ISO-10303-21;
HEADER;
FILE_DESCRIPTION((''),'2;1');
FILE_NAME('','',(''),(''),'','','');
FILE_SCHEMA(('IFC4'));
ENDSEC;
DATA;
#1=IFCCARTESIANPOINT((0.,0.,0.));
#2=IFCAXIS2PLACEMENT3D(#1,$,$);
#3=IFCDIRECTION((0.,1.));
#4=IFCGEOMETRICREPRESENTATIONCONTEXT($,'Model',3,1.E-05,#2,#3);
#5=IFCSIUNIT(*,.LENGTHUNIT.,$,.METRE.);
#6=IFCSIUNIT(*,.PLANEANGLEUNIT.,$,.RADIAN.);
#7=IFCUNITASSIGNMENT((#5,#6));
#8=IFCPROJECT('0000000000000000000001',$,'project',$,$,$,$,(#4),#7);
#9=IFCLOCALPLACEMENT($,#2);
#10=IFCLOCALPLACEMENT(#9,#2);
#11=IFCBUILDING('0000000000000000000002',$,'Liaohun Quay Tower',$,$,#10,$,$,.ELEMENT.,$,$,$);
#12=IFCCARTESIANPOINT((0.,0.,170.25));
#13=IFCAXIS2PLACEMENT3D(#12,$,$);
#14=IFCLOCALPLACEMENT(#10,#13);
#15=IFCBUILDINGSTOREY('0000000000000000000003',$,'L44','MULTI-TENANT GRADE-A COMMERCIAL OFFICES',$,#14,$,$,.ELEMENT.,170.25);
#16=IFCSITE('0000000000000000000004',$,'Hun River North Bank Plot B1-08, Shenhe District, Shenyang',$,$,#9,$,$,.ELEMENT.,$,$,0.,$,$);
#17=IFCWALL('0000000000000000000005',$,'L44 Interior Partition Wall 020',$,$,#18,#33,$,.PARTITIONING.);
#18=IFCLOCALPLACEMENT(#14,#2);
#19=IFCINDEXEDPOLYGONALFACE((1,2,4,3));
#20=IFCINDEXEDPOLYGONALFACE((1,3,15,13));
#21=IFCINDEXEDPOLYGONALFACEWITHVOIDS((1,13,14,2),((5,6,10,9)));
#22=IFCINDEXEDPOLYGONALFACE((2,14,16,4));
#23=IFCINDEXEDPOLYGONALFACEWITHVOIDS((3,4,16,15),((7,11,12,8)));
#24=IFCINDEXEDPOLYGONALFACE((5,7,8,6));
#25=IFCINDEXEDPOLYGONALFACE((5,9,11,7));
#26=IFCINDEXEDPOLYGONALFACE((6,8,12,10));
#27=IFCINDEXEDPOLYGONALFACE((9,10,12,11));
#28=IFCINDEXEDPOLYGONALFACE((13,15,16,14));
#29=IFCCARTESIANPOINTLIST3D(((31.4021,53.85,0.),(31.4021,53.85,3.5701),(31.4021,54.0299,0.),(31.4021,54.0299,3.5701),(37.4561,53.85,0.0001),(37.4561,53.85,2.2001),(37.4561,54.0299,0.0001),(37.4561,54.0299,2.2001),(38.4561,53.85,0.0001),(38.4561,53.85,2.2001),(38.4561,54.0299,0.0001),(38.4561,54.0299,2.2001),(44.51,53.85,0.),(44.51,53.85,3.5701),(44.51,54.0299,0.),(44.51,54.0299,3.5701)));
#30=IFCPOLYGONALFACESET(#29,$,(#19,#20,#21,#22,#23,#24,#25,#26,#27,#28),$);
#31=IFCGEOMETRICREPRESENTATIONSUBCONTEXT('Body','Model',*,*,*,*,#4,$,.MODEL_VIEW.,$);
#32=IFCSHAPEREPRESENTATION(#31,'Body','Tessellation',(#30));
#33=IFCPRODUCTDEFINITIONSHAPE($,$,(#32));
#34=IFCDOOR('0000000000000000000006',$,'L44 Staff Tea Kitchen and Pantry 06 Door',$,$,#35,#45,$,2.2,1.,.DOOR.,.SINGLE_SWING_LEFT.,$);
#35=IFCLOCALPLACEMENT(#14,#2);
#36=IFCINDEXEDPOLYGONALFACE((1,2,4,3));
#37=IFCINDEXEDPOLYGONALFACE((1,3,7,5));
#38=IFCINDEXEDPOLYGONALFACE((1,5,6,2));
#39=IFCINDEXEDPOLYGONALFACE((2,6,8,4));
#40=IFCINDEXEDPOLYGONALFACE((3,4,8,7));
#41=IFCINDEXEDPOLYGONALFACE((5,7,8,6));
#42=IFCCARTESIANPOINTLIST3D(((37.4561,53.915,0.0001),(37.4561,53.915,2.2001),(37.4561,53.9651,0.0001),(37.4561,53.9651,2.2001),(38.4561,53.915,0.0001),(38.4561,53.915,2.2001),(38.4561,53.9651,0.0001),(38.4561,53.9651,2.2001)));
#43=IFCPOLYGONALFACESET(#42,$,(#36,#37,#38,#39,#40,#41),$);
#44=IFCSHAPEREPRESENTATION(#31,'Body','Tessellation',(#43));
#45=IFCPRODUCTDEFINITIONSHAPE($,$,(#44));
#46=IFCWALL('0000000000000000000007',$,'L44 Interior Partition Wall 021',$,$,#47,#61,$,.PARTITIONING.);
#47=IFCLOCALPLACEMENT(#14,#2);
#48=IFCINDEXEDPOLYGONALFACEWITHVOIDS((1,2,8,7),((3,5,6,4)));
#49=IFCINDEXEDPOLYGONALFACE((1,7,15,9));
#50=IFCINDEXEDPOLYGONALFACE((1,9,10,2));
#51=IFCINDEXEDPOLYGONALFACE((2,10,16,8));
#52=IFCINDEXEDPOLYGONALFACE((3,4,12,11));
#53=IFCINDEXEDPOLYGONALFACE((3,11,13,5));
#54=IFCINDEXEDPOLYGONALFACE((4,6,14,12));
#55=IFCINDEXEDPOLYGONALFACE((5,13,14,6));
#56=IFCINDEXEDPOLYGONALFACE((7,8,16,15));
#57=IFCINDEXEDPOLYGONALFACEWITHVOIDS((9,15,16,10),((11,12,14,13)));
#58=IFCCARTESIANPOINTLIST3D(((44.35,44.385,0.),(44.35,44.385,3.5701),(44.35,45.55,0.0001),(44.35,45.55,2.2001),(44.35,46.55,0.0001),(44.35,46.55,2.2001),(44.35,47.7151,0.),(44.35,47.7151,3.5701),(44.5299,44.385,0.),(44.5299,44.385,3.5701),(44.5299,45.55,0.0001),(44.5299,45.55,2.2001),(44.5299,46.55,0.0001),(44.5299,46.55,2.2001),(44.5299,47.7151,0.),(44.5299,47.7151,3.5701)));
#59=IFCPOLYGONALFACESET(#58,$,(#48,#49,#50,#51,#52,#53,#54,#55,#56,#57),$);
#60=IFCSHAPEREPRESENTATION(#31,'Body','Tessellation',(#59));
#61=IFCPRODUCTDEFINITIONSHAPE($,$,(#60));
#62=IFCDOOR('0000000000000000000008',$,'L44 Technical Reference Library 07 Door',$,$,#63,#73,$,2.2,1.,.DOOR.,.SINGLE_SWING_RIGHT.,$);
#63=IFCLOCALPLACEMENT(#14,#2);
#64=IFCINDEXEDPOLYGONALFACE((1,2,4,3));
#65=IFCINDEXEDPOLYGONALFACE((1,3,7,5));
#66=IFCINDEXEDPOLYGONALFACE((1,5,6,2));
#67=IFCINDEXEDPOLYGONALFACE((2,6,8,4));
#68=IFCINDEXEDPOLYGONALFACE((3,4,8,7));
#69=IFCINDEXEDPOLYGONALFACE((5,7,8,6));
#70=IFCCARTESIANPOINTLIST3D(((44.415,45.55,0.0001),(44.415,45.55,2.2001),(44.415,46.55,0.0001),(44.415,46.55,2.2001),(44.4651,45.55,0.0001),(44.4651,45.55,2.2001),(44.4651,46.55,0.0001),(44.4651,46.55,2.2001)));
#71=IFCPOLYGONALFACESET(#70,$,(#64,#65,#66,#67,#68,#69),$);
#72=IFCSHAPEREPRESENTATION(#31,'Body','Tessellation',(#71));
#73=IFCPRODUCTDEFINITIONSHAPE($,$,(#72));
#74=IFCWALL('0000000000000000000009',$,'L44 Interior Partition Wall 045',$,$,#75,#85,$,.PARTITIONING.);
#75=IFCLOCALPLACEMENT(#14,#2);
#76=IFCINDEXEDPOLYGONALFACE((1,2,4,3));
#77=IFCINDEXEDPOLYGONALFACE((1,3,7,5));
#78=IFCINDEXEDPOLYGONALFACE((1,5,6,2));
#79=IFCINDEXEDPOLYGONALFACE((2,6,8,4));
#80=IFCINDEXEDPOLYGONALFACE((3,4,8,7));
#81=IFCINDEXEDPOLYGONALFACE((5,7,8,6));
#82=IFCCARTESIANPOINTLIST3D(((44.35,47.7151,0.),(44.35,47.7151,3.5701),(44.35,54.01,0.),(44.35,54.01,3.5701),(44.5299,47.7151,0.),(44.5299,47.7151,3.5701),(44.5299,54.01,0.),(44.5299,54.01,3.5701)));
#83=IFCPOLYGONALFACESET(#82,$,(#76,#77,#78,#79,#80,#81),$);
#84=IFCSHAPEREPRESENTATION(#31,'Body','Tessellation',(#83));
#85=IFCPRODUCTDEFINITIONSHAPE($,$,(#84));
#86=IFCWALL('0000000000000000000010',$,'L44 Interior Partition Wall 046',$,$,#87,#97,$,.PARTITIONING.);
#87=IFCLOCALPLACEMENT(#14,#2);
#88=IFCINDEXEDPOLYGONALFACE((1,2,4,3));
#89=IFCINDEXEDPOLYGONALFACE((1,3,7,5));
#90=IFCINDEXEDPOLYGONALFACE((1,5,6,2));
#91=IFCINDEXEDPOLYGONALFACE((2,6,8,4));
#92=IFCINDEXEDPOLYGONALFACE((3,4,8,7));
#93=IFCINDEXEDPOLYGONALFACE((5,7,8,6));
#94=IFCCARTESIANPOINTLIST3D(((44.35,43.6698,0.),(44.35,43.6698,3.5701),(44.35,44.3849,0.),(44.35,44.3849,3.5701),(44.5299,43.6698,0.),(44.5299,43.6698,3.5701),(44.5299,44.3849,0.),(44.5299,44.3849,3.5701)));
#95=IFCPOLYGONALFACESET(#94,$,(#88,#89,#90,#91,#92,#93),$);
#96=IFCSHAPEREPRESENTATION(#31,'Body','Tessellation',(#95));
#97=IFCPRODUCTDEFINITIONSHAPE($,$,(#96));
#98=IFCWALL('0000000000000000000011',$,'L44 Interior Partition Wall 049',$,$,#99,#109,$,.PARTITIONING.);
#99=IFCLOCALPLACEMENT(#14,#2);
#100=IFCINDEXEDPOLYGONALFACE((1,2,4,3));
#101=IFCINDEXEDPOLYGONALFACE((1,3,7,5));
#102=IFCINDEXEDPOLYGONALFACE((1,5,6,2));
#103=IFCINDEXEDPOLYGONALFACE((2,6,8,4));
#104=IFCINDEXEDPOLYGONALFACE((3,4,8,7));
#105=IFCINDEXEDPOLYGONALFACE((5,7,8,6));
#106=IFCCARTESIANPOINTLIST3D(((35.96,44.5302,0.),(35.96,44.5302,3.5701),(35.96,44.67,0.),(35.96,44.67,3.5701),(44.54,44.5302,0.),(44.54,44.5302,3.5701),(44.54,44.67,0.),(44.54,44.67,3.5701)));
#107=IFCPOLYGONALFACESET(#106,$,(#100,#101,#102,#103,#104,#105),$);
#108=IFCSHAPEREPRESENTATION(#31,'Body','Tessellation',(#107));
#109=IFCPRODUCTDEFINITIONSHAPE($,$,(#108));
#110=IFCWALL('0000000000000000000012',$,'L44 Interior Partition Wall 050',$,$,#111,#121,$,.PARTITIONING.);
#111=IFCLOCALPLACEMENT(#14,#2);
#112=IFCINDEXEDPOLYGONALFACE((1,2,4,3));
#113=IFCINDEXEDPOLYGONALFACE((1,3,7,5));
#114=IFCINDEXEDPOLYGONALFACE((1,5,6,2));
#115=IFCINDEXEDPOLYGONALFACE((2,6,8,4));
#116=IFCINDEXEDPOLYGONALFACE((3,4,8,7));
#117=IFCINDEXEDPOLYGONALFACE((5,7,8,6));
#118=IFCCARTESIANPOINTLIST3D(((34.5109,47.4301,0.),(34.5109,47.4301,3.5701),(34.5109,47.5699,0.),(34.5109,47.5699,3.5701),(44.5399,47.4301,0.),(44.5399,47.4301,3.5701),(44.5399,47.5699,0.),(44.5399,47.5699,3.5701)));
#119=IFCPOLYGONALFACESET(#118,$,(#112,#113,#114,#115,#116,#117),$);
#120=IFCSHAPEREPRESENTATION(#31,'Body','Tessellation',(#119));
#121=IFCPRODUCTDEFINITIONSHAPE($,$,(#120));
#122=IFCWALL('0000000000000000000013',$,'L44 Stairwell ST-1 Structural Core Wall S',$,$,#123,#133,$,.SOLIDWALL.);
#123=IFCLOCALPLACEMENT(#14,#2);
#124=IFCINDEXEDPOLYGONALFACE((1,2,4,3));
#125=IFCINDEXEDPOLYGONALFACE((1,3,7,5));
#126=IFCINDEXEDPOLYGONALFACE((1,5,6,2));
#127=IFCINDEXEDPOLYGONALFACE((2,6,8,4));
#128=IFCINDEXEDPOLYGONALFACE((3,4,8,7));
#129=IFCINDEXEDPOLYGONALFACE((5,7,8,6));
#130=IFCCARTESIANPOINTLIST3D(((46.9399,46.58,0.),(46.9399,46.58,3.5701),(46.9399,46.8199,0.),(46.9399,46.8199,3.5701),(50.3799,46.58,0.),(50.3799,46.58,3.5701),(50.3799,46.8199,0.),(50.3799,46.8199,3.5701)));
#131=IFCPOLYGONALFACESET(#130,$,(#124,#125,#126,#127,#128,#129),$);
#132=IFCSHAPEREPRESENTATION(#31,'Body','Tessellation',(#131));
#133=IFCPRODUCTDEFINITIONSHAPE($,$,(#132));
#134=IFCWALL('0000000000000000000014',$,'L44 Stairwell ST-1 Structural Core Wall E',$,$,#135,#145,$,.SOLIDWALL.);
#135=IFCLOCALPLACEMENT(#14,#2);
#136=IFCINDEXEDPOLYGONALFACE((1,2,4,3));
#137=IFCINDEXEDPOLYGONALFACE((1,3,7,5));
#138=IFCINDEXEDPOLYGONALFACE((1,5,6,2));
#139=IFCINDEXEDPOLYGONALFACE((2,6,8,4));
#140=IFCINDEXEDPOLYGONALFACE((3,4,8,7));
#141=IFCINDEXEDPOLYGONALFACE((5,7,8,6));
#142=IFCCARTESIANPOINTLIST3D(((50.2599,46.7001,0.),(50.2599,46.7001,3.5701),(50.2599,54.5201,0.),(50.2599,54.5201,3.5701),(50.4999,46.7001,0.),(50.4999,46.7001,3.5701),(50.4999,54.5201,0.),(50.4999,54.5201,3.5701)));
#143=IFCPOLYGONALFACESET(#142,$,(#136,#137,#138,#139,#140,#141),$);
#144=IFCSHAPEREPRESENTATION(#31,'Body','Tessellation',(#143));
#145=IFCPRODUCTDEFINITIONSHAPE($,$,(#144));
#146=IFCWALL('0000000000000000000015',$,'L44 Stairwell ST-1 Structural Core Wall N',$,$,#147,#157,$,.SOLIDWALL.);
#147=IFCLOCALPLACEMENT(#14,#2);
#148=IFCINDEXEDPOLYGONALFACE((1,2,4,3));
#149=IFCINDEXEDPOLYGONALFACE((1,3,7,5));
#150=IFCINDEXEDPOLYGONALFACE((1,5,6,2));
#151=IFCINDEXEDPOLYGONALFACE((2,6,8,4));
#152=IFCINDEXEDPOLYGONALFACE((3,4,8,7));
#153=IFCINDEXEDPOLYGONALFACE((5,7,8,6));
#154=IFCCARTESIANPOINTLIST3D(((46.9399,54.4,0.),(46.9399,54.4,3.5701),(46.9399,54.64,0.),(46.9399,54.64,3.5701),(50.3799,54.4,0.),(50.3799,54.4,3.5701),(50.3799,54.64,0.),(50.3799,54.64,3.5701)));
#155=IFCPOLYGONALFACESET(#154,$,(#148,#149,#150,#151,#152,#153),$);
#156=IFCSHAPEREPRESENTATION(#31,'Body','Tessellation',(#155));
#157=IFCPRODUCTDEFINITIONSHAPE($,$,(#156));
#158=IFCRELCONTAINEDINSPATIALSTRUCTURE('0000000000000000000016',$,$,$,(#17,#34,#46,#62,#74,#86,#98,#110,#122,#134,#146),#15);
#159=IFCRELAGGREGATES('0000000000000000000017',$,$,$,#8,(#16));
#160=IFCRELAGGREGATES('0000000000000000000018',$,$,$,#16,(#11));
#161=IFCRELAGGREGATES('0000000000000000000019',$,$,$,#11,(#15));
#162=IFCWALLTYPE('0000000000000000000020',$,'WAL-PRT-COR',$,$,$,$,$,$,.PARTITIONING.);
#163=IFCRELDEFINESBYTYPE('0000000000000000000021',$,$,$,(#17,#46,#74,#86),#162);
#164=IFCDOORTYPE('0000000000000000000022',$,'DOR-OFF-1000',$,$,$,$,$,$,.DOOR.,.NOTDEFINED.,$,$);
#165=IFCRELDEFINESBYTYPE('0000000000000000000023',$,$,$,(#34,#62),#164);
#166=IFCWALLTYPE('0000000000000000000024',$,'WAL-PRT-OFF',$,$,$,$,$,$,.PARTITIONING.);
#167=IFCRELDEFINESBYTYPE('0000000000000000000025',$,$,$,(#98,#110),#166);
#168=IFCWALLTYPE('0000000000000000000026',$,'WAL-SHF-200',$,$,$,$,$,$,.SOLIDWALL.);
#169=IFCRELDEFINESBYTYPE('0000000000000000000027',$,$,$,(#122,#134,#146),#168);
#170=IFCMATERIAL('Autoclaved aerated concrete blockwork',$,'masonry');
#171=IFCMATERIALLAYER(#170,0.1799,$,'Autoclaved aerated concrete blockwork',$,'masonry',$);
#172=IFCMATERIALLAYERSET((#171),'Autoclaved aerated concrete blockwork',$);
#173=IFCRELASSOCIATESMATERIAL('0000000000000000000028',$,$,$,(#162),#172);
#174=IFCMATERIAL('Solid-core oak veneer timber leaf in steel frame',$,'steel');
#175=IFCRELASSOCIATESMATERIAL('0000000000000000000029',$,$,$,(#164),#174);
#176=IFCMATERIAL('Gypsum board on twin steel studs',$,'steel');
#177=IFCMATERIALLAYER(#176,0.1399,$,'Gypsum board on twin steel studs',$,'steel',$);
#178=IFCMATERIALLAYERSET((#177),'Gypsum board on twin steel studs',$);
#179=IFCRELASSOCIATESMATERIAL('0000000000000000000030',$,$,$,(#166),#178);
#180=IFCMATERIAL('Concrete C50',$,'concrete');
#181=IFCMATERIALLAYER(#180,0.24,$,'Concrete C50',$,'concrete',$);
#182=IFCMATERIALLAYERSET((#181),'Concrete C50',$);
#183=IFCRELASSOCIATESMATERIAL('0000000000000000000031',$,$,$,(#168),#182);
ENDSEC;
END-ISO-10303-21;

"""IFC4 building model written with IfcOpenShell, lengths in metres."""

from ifc_helpers import new_model, si_unit, direction, frame, frame_2d, origin, place, context, subcontext, project, spatial, rectangle, extrude, source, transform, mapped, material, layer, layer_set, type_object, element, fill, save


model = new_model("IFC4")

# Units and contexts
model_context = context("Model", 3, precision=1e-05, world=origin(), true_north=direction((0.0, 1.0)))
body_context = subcontext(model_context, "Body", "Model", "MODEL_VIEW")
ifc_project = project(units=[si_unit("LENGTHUNIT", "METRE"), si_unit("PLANEANGLEUNIT", "RADIAN")], contexts=[model_context])

# Site, building, storey
site_placement = place(None, origin())
site = spatial("IfcSite", under=ifc_project, at=site_placement, Name="Hun River North Bank Plot B1-08, Shenhe District, Shenyang", CompositionType="ELEMENT", RefElevation=0.0)
building_placement = place(site_placement, origin())
building = spatial("IfcBuilding", under=site, at=building_placement, Name="Liaohun Quay Tower", CompositionType="ELEMENT")
storey_placement = place(building_placement, frame((0.0, 0.0, 170.25)))
storey = spatial("IfcBuildingStorey", under=building, at=storey_placement, Name="L44", Description="MULTI-TENANT GRADE-A COMMERCIAL OFFICES", CompositionType="ELEMENT", Elevation=170.25)

# Walls, openings, doors
ifc_material_1 = material(Name="Autoclaved aerated concrete blockwork", Category="masonry")
ifc_layer_1 = layer(ifc_material_1, 0.1799, Name="Autoclaved aerated concrete blockwork", Category="masonry")
ifc_layer_set_1 = layer_set([ifc_layer_1], Name="Autoclaved aerated concrete blockwork")
wall_type_1 = type_object("IfcWallType", Name="WAL-PRT-COR", PredefinedType="PARTITIONING", material=ifc_layer_set_1)
wall_1_placement = place(storey_placement, frame((44.51, 53.9399, 0.0), z_axis=(0.0, 0.0, 1.0), x_axis=(-1.0, 0.0, 0.0)))
wall_1 = element("IfcWall", 1, at=wall_1_placement, inside=storey, type_object=wall_type_1, Name="L44 Interior Partition Wall 020", PredefinedType="PARTITIONING", context=body_context, shape_type="SweptSolid", body=[
    extrude(rectangle(XDim=13.1079, YDim=0.1799, at=frame_2d((6.554, 0.0))), origin(), (0.0, 0.0, 1.0), 3.5701),
])
shared_shape_1 = source(origin(), body_context, "Body", "SweptSolid", [
    extrude(rectangle(XDim=1.0, YDim=2.2, at=frame_2d((0.5, 1.1001))), frame((0.0, 0.0999, 0.0), z_axis=(0.0, -1.0, 0.0), x_axis=(1.0, 0.0, 0.0)), (0.0, 0.0, 1.0), 0.2),
])
opening_1_placement = place(wall_1_placement, frame((6.054, 0.0, 0.0)))
opening_1 = element("IfcOpeningElement", 2, at=opening_1_placement, cuts=wall_1, PredefinedType="OPENING", context=body_context, shape_type="MappedRepresentation", body=[
    mapped(shared_shape_1, transform((0.0, 0.0, 0.0), x_axis=(1.0, 0.0, 0.0), y_axis=(0.0, 1.0, 0.0), z_axis=(0.0, 0.0, 1.0), scale=1.0)),
])
ifc_material_2 = material(Name="Solid-core oak veneer timber leaf in steel frame", Category="steel")
door_type_1 = type_object("IfcDoorType", Name="DOR-OFF-1000", OperationType="NOTDEFINED", PredefinedType="DOOR", material=ifc_material_2)
shared_shape_2 = source(origin(), body_context, "Body", "SweptSolid", [
    extrude(rectangle(XDim=1.0, YDim=2.2, at=frame_2d((0.5, 1.1001))), frame((0.0, 0.0249, 0.0), z_axis=(0.0, -1.0, 0.0), x_axis=(1.0, 0.0, 0.0)), (0.0, 0.0, 1.0), 0.05),
])
door_1_placement = place(opening_1_placement, origin())
door_1 = element("IfcDoor", 3, at=door_1_placement, inside=storey, type_object=door_type_1, Name="L44 Staff Tea Kitchen and Pantry 06 Door", OperationType="SINGLE_SWING_LEFT", OverallHeight=2.2, OverallWidth=1.0, PredefinedType="DOOR", context=body_context, shape_type="MappedRepresentation", body=[
    mapped(shared_shape_2, transform((0.0, 0.0, 0.0), x_axis=(1.0, 0.0, 0.0), y_axis=(0.0, 1.0, 0.0), z_axis=(0.0, 0.0, 1.0), scale=1.0)),
])
fill(opening_1, door_1)
wall_2_placement = place(storey_placement, frame((44.4399, 44.385, 0.0), z_axis=(0.0, 0.0, 1.0), x_axis=(0.0, 1.0, 0.0)))
wall_2 = element("IfcWall", 4, at=wall_2_placement, inside=storey, type_object=wall_type_1, Name="L44 Interior Partition Wall 021", PredefinedType="PARTITIONING", context=body_context, shape_type="SweptSolid", body=[
    extrude(rectangle(XDim=3.3301, YDim=0.1799, at=frame_2d((1.665, 0.0))), origin(), (0.0, 0.0, 1.0), 3.5701),
])
opening_2_placement = place(wall_2_placement, frame((1.165, 0.0, 0.0)))
opening_2 = element("IfcOpeningElement", 5, at=opening_2_placement, cuts=wall_2, PredefinedType="OPENING", context=body_context, shape_type="MappedRepresentation", body=[
    mapped(shared_shape_1, transform((0.0, 0.0, 0.0), x_axis=(1.0, 0.0, 0.0), y_axis=(0.0, 1.0, 0.0), z_axis=(0.0, 0.0, 1.0), scale=1.0)),
])
door_2_placement = place(opening_2_placement, origin())
door_2 = element("IfcDoor", 6, at=door_2_placement, inside=storey, type_object=door_type_1, Name="L44 Technical Reference Library 07 Door", OperationType="SINGLE_SWING_RIGHT", OverallHeight=2.2, OverallWidth=1.0, PredefinedType="DOOR", context=body_context, shape_type="MappedRepresentation", body=[
    mapped(shared_shape_2, transform((0.0, 0.0, 0.0), x_axis=(1.0, 0.0, 0.0), y_axis=(0.0, 1.0, 0.0), z_axis=(0.0, 0.0, 1.0), scale=1.0)),
])
fill(opening_2, door_2)

# Walls
wall_3_placement = place(storey_placement, frame((44.4399, 47.7151, 0.0), z_axis=(0.0, 0.0, 1.0), x_axis=(0.0, 1.0, 0.0)))
element("IfcWall", 7, at=wall_3_placement, inside=storey, type_object=wall_type_1, Name="L44 Interior Partition Wall 045", PredefinedType="PARTITIONING", context=body_context, shape_type="SweptSolid", body=[
    extrude(rectangle(XDim=6.2949, YDim=0.1799, at=frame_2d((3.1475, 0.0))), origin(), (0.0, 0.0, 1.0), 3.5701),
])
wall_4_placement = place(storey_placement, frame((44.4399, 43.6699, 0.0), z_axis=(0.0, 0.0, 1.0), x_axis=(0.0, 1.0, 0.0)))
element("IfcWall", 8, at=wall_4_placement, inside=storey, type_object=wall_type_1, Name="L44 Interior Partition Wall 046", PredefinedType="PARTITIONING", context=body_context, shape_type="SweptSolid", body=[
    extrude(rectangle(XDim=0.7151, YDim=0.1799, at=frame_2d((0.3574, 0.0))), origin(), (0.0, 0.0, 1.0), 3.5701),
])
ifc_material_3 = material(Name="Gypsum board on twin steel studs", Category="steel")
ifc_layer_2 = layer(ifc_material_3, 0.1399, Name="Gypsum board on twin steel studs", Category="steel")
ifc_layer_set_2 = layer_set([ifc_layer_2], Name="Gypsum board on twin steel studs")
wall_type_2 = type_object("IfcWallType", Name="WAL-PRT-OFF", PredefinedType="PARTITIONING", material=ifc_layer_set_2)
wall_5_placement = place(storey_placement, frame((44.54, 44.6001, 0.0), z_axis=(0.0, 0.0, 1.0), x_axis=(-1.0, 0.0, 0.0)))
element("IfcWall", 9, at=wall_5_placement, inside=storey, type_object=wall_type_2, Name="L44 Interior Partition Wall 049", PredefinedType="PARTITIONING", context=body_context, shape_type="SweptSolid", body=[
    extrude(rectangle(XDim=8.5801, YDim=0.1399, at=frame_2d((4.29, 0.0))), origin(), (0.0, 0.0, 1.0), 3.5701),
])
wall_6_placement = place(storey_placement, frame((44.54, 47.5, 0.0), z_axis=(0.0, 0.0, 1.0), x_axis=(-1.0, 0.0, 0.0)))
element("IfcWall", 10, at=wall_6_placement, inside=storey, type_object=wall_type_2, Name="L44 Interior Partition Wall 050", PredefinedType="PARTITIONING", context=body_context, shape_type="SweptSolid", body=[
    extrude(rectangle(XDim=10.0291, YDim=0.1399, at=frame_2d((5.0146, 0.0))), origin(), (0.0, 0.0, 1.0), 3.5701),
])
ifc_material_4 = material(Name="Concrete C50", Category="concrete")
ifc_layer_3 = layer(ifc_material_4, 0.24, Name="Concrete C50", Category="concrete")
ifc_layer_set_3 = layer_set([ifc_layer_3], Name="Concrete C50")
wall_type_3 = type_object("IfcWallType", Name="WAL-SHF-200", PredefinedType="SOLIDWALL", material=ifc_layer_set_3)
wall_7_placement = place(storey_placement, frame((46.9399, 46.7, 0.0), z_axis=(0.0, 0.0, 1.0), x_axis=(1.0, 0.0, 0.0)))
element("IfcWall", 11, at=wall_7_placement, inside=storey, type_object=wall_type_3, Name="L44 Stairwell ST-1 Structural Core Wall S", PredefinedType="SOLIDWALL", context=body_context, shape_type="SweptSolid", body=[
    extrude(rectangle(XDim=3.4399, YDim=0.24, at=frame_2d((1.72, 0.0))), origin(), (0.0, 0.0, 1.0), 3.5701),
])
wall_8_placement = place(storey_placement, frame((50.3799, 46.7, 0.0), z_axis=(0.0, 0.0, 1.0), x_axis=(0.0, 1.0, 0.0)))
element("IfcWall", 12, at=wall_8_placement, inside=storey, type_object=wall_type_3, Name="L44 Stairwell ST-1 Structural Core Wall E", PredefinedType="SOLIDWALL", context=body_context, shape_type="SweptSolid", body=[
    extrude(rectangle(XDim=7.8201, YDim=0.24, at=frame_2d((3.9102, 0.0))), origin(), (0.0, 0.0, 1.0), 3.5701),
])
wall_9_placement = place(storey_placement, frame((50.3799, 54.52, 0.0), z_axis=(0.0, 0.0, 1.0), x_axis=(-1.0, 0.0, 0.0)))
element("IfcWall", 13, at=wall_9_placement, inside=storey, type_object=wall_type_3, Name="L44 Stairwell ST-1 Structural Core Wall N", PredefinedType="SOLIDWALL", context=body_context, shape_type="SweptSolid", body=[
    extrude(rectangle(XDim=3.4399, YDim=0.24, at=frame_2d((1.72, 0.0))), origin(), (0.0, 0.0, 1.0), 3.5701),
])

save(model, "model.ifc")
